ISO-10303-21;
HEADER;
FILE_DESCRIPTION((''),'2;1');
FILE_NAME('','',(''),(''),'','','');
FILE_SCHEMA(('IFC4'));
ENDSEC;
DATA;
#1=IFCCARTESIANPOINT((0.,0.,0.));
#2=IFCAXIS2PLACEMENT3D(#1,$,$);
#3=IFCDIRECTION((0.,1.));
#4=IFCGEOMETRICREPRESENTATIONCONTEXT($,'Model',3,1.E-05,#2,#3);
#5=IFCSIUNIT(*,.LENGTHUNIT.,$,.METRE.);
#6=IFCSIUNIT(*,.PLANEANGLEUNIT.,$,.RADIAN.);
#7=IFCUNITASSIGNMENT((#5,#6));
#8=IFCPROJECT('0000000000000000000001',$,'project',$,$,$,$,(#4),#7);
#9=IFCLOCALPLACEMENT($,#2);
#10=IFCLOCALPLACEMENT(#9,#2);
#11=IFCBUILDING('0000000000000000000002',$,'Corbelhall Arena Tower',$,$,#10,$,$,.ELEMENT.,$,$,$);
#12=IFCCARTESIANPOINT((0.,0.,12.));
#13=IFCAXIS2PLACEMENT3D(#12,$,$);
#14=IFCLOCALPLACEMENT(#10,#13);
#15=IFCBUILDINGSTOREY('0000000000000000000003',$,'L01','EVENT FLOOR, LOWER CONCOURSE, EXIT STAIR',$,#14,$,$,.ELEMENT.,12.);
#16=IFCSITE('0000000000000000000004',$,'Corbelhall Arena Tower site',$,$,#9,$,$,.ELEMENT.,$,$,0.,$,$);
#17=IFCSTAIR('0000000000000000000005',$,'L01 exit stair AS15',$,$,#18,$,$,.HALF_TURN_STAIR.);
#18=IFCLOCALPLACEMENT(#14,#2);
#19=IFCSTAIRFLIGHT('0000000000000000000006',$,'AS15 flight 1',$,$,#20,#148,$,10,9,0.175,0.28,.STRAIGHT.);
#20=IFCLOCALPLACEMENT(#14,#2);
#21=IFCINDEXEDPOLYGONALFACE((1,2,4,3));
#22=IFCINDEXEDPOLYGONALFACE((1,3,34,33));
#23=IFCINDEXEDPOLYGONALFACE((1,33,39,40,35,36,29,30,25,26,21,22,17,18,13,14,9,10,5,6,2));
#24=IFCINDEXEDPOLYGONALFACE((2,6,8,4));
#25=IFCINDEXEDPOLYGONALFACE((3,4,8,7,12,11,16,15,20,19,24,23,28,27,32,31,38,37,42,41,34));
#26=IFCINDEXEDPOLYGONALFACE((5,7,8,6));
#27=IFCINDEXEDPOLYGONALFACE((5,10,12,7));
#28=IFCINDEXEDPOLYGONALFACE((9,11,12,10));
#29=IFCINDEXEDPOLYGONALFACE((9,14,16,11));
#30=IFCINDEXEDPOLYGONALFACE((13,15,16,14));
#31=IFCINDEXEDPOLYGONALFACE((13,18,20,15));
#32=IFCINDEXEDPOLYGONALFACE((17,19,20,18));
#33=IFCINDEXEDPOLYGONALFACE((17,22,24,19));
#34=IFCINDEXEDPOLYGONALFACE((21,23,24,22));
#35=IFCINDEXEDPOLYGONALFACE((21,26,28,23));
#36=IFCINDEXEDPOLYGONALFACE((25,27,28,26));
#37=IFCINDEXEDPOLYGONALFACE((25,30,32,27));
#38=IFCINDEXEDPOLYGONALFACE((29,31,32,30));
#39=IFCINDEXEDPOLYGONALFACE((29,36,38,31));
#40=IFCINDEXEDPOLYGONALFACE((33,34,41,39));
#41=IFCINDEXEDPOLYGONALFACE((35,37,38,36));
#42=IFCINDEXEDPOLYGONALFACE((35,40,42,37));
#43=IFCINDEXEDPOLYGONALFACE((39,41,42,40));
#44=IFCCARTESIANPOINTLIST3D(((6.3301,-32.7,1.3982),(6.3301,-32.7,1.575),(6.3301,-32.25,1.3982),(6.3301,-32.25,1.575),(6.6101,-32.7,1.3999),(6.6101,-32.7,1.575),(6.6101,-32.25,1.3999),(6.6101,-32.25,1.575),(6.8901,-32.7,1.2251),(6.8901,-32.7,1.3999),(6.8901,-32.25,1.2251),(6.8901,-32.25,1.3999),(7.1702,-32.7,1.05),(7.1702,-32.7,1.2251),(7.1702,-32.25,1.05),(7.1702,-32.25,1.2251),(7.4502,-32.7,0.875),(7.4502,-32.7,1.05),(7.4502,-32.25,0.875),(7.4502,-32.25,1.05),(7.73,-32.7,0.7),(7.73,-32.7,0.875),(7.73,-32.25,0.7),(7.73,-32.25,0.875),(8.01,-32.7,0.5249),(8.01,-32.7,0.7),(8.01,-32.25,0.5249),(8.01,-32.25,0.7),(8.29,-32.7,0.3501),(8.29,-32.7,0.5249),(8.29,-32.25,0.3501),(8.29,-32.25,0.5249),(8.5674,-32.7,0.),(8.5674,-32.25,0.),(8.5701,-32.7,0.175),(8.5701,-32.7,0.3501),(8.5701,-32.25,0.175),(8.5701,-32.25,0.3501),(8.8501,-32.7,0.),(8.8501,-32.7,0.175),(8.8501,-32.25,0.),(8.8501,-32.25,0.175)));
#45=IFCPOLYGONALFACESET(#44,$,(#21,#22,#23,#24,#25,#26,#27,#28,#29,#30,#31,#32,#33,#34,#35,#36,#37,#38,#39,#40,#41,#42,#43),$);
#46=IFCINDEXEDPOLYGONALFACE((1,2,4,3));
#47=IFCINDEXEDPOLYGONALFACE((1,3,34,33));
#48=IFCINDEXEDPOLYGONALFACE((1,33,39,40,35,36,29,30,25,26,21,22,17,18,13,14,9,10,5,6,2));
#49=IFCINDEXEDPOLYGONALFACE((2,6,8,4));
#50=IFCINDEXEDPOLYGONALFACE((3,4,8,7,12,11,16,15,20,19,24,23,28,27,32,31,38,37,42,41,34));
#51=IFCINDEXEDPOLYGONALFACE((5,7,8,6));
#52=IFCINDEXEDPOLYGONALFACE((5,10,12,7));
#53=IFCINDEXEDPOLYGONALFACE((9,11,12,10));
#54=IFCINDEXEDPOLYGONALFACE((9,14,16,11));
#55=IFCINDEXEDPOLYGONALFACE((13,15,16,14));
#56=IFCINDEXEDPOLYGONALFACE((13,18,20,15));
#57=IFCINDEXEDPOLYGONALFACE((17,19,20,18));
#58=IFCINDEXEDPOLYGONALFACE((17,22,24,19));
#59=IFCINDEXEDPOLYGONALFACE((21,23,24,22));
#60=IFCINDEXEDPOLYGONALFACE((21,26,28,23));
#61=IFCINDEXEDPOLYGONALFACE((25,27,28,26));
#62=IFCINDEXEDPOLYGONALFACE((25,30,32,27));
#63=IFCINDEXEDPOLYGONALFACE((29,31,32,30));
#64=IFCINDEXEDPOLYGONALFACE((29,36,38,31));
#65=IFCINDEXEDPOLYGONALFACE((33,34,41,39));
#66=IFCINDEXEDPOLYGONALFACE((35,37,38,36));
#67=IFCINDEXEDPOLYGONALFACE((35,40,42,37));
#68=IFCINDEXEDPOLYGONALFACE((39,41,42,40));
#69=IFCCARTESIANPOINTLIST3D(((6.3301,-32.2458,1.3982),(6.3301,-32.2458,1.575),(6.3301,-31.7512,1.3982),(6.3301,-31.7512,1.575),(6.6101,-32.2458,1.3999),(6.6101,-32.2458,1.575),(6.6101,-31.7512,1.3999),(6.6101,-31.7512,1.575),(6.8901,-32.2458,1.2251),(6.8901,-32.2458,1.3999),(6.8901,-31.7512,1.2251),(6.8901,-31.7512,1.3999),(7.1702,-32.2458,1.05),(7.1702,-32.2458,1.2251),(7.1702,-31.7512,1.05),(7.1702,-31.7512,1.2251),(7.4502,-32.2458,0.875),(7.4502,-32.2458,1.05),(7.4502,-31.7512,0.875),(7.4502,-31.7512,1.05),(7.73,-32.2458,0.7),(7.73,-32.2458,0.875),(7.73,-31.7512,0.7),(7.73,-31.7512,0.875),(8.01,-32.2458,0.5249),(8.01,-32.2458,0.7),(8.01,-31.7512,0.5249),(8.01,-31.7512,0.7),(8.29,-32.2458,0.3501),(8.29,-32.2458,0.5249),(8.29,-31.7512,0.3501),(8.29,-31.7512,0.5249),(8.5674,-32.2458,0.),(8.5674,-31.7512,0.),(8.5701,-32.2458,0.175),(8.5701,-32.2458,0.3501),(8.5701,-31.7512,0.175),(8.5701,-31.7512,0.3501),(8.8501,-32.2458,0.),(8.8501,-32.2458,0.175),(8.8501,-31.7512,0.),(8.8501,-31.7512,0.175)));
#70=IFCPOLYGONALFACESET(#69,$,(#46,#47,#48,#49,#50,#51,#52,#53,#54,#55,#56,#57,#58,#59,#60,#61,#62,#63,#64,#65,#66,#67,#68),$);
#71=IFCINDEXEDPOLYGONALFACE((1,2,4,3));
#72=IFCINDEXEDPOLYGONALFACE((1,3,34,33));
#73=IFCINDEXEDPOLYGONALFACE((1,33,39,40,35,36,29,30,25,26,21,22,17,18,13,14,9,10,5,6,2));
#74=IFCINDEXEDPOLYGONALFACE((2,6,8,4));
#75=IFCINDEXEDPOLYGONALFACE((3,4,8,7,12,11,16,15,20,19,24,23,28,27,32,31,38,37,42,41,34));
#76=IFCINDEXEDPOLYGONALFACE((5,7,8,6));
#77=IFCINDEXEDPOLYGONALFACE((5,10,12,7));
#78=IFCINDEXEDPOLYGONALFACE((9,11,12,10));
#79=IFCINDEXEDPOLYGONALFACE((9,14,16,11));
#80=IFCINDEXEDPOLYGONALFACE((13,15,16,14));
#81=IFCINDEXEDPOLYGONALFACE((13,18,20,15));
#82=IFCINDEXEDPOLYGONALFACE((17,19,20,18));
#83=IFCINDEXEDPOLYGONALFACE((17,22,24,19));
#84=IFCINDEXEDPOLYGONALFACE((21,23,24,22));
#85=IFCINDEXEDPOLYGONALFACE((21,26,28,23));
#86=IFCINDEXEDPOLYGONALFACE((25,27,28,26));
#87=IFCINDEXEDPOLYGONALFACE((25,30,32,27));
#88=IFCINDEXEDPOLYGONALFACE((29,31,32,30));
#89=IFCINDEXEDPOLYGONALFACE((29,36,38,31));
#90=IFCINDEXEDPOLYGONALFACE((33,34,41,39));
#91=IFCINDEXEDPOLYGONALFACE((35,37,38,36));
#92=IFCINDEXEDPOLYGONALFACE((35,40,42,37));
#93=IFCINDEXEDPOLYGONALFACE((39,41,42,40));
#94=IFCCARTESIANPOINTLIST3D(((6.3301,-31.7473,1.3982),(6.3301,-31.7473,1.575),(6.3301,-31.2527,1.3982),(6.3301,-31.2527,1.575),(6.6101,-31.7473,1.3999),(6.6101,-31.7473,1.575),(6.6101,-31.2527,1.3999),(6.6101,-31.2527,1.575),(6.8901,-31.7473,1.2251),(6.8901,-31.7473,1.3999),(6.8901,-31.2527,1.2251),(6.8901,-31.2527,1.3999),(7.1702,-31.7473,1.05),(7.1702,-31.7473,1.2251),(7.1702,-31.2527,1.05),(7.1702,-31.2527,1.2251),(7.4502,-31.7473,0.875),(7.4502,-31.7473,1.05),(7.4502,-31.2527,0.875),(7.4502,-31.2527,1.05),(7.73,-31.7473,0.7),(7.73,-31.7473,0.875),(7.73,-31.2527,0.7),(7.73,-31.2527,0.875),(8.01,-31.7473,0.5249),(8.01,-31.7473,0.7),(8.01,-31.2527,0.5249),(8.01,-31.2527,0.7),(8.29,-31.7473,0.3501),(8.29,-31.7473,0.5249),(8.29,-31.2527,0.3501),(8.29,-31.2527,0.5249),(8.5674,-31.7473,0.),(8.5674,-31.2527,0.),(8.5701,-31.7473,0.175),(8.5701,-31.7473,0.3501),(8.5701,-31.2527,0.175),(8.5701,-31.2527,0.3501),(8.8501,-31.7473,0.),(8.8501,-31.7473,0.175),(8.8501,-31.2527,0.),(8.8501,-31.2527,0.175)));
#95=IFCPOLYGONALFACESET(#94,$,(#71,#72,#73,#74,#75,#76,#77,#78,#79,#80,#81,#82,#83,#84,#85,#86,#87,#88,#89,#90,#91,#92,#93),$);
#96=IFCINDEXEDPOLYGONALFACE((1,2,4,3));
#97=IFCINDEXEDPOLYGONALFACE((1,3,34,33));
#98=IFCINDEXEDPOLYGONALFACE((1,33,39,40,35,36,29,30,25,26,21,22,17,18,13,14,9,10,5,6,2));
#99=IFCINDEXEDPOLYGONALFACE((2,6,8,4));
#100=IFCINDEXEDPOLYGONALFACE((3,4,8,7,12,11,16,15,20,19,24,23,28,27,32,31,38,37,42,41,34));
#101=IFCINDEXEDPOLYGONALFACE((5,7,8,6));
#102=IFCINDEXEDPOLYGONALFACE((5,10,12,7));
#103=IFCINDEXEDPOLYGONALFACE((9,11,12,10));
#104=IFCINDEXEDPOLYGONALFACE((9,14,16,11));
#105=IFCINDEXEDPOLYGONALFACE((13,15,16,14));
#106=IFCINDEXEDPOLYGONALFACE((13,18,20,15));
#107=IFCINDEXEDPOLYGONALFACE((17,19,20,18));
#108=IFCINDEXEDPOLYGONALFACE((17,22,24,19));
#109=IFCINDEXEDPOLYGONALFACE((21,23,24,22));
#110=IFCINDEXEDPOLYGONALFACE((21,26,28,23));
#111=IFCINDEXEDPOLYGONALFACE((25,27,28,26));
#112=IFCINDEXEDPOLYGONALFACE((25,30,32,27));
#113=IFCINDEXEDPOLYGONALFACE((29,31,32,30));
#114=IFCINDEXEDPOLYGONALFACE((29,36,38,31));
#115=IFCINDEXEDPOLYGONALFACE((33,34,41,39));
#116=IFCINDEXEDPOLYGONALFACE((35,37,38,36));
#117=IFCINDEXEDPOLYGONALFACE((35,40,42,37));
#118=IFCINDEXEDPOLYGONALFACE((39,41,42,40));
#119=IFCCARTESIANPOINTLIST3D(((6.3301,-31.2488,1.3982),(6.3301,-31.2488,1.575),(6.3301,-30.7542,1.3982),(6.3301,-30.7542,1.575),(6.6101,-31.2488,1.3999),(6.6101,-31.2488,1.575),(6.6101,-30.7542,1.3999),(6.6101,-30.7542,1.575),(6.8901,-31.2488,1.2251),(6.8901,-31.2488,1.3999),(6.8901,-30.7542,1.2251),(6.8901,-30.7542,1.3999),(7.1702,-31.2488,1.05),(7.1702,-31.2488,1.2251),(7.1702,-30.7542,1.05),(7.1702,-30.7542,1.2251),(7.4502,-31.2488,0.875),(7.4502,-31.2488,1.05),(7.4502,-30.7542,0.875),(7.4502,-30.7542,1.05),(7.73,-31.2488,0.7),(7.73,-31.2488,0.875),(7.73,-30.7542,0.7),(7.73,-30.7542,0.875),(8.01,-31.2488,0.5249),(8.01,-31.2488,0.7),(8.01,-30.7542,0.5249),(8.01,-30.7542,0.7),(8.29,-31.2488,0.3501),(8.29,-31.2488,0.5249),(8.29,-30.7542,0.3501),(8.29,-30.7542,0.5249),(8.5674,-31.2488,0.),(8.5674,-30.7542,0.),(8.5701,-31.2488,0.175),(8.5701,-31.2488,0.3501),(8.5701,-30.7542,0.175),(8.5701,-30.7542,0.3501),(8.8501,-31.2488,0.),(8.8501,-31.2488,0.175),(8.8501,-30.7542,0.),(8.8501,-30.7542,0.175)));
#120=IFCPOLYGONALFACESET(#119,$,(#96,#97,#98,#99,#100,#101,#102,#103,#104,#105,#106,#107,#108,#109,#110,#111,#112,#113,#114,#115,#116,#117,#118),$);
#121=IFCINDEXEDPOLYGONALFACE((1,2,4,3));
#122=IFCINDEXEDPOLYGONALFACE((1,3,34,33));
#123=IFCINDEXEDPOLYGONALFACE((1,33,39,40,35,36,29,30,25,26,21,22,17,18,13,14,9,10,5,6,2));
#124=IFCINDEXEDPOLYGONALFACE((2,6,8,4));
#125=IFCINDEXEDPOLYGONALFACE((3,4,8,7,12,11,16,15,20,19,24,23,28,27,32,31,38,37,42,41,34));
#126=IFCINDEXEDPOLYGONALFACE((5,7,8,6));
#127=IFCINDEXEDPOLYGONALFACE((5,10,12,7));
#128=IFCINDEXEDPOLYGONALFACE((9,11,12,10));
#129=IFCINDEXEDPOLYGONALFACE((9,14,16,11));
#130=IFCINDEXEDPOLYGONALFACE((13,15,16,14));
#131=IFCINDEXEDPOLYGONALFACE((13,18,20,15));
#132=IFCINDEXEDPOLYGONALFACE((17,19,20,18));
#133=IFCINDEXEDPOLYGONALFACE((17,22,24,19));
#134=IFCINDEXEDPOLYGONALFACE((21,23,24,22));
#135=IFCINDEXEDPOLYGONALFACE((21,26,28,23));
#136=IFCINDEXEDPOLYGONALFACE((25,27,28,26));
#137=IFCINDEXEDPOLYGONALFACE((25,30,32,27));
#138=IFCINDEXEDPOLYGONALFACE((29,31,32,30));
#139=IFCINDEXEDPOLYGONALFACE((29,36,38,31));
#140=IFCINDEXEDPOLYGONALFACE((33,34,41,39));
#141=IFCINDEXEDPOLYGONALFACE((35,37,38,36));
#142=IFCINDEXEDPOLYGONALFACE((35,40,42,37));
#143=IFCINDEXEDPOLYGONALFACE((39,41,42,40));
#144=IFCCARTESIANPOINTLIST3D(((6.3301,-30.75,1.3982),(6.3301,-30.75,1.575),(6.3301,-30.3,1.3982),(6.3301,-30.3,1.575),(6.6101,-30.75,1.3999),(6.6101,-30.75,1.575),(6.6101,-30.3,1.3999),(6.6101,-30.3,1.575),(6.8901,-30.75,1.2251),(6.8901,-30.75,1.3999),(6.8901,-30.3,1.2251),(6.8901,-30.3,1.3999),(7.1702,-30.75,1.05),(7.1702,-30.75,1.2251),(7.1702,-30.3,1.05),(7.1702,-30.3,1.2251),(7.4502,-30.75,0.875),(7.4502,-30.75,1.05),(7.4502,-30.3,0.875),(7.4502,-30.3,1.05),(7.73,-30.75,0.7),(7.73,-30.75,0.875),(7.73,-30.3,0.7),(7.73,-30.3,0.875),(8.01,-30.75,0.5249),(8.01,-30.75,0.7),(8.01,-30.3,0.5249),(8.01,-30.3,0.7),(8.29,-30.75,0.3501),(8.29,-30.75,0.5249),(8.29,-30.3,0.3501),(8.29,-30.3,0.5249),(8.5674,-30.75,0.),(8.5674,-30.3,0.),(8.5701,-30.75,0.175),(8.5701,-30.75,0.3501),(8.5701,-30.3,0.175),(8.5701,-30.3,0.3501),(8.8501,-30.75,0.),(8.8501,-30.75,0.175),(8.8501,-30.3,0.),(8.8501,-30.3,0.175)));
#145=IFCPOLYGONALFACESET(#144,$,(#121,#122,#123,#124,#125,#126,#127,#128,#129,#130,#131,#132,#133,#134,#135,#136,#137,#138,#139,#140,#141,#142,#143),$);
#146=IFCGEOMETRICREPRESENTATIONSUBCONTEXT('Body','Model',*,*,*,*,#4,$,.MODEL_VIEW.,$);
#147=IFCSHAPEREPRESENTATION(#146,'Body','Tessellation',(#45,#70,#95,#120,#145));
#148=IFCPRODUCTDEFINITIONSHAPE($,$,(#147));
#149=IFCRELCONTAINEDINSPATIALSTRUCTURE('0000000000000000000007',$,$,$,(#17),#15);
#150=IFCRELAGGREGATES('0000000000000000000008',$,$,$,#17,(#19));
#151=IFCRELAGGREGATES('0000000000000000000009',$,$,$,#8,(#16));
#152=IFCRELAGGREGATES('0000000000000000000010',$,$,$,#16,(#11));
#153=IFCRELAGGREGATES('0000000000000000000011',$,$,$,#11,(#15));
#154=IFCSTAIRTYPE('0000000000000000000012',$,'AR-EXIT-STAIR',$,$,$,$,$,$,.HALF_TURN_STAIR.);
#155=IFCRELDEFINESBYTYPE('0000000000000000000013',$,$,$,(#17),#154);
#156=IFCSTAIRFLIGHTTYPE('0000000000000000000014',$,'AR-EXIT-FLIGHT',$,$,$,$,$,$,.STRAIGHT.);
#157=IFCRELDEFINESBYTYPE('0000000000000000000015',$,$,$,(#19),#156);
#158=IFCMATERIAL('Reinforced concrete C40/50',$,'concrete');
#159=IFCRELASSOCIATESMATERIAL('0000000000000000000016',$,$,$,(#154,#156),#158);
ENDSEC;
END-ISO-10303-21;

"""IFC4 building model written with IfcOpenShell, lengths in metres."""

from ifc_helpers import new_model, si_unit, direction, frame, origin, place, context, subcontext, project, spatial, polyline, outline, extrude, material, type_object, element, aggregate, save


model = new_model("IFC4")

# Units and contexts
model_context = context("Model", 3, precision=1e-05, world=origin(), true_north=direction((0.0, 1.0)))
body_context = subcontext(model_context, "Body", "Model", "MODEL_VIEW")
ifc_project = project(units=[si_unit("LENGTHUNIT", "METRE"), si_unit("PLANEANGLEUNIT", "RADIAN")], contexts=[model_context])

# Site, building, storey
site_placement = place(None, origin())
site = spatial("IfcSite", under=ifc_project, at=site_placement, Name="Corbelhall Arena Tower site", CompositionType="ELEMENT", RefElevation=0.0)
building_placement = place(site_placement, origin())
building = spatial("IfcBuilding", under=site, at=building_placement, Name="Corbelhall Arena Tower", CompositionType="ELEMENT")
storey_placement = place(building_placement, frame((0.0, 0.0, 12.0)))
storey = spatial("IfcBuildingStorey", under=building, at=storey_placement, Name="L01", Description="EVENT FLOOR, LOWER CONCOURSE, EXIT STAIR", CompositionType="ELEMENT", Elevation=12.0)

# Shared definitions
ifc_material_1 = material(Name="Reinforced concrete C40/50", Category="concrete")

# Stair, stair flight
stair_type = type_object("IfcStairType", Name="AR-EXIT-STAIR", PredefinedType="HALF_TURN_STAIR", material=ifc_material_1)
stair_placement = place(storey_placement, origin())
stair = element("IfcStair", 1, at=stair_placement, inside=storey, type_object=stair_type, Name="L01 exit stair AS15", PredefinedType="HALF_TURN_STAIR")
stair_flight_type = type_object("IfcStairFlightType", Name="AR-EXIT-FLIGHT", PredefinedType="STRAIGHT", material=ifc_material_1)
stair_flight_1_placement = place(storey_placement, frame((8.8501, -31.5, 0.0), z_axis=(0.0, 0.0, 1.0), x_axis=(-1.0, 0.0, 0.0)))
stair_flight_1 = element("IfcStairFlight", 2, at=stair_flight_1_placement, type_object=stair_flight_type, Name="AS15 flight 1", NumberOfRisers=10, NumberOfTreads=9, PredefinedType="STRAIGHT", RiserHeight=0.175, TreadLength=0.28, context=body_context, shape_type="SweptSolid", body=[
    extrude(outline(polyline([(0.0, 0.0), (0.0, 0.175), (0.28, 0.175), (0.28, 0.3501), (0.5601, 0.3501), (0.5601, 0.5249), (0.8401, 0.5249), (0.8401, 0.7), (1.1201, 0.7), (1.1201, 0.875), (1.3999, 0.875), (1.3999, 1.05), (1.6799, 1.05), (1.6799, 1.2251), (1.96, 1.2251), (1.96, 1.3999), (2.24, 1.3999), (2.24, 1.575), (2.52, 1.575), (2.52, 1.75), (2.52, 1.3982), (0.2827, 0.0), (0.0, 0.0)])), frame((0.0, 1.2, 0.0), z_axis=(0.0, -1.0, 0.0), x_axis=(1.0, 0.0, 0.0)), (0.0, 0.0, 1.0), 0.45),
    extrude(outline(polyline([(0.0, 0.0), (0.0, 0.175), (0.28, 0.175), (0.28, 0.3501), (0.5601, 0.3501), (0.5601, 0.5249), (0.8401, 0.5249), (0.8401, 0.7), (1.1201, 0.7), (1.1201, 0.875), (1.3999, 0.875), (1.3999, 1.05), (1.6799, 1.05), (1.6799, 1.2251), (1.96, 1.2251), (1.96, 1.3999), (2.24, 1.3999), (2.24, 1.575), (2.52, 1.575), (2.52, 1.75), (2.52, 1.3982), (0.2827, 0.0), (0.0, 0.0)])), frame((0.0, 0.7458, 0.0), z_axis=(0.0, -1.0, 0.0), x_axis=(1.0, 0.0, 0.0)), (0.0, 0.0, 1.0), 0.4946),
    extrude(outline(polyline([(0.0, 0.0), (0.0, 0.175), (0.28, 0.175), (0.28, 0.3501), (0.5601, 0.3501), (0.5601, 0.5249), (0.8401, 0.5249), (0.8401, 0.7), (1.1201, 0.7), (1.1201, 0.875), (1.3999, 0.875), (1.3999, 1.05), (1.6799, 1.05), (1.6799, 1.2251), (1.96, 1.2251), (1.96, 1.3999), (2.24, 1.3999), (2.24, 1.575), (2.52, 1.575), (2.52, 1.75), (2.52, 1.3982), (0.2827, 0.0), (0.0, 0.0)])), frame((0.0, 0.2473, 0.0), z_axis=(0.0, -1.0, 0.0), x_axis=(1.0, 0.0, 0.0)), (0.0, 0.0, 1.0), 0.4946),
    extrude(outline(polyline([(0.0, 0.0), (0.0, 0.175), (0.28, 0.175), (0.28, 0.3501), (0.5601, 0.3501), (0.5601, 0.5249), (0.8401, 0.5249), (0.8401, 0.7), (1.1201, 0.7), (1.1201, 0.875), (1.3999, 0.875), (1.3999, 1.05), (1.6799, 1.05), (1.6799, 1.2251), (1.96, 1.2251), (1.96, 1.3999), (2.24, 1.3999), (2.24, 1.575), (2.52, 1.575), (2.52, 1.75), (2.52, 1.3982), (0.2827, 0.0), (0.0, 0.0)])), frame((0.0, -0.2512, 0.0), z_axis=(0.0, -1.0, 0.0), x_axis=(1.0, 0.0, 0.0)), (0.0, 0.0, 1.0), 0.4946),
    extrude(outline(polyline([(0.0, 0.0), (0.0, 0.175), (0.28, 0.175), (0.28, 0.3501), (0.5601, 0.3501), (0.5601, 0.5249), (0.8401, 0.5249), (0.8401, 0.7), (1.1201, 0.7), (1.1201, 0.875), (1.3999, 0.875), (1.3999, 1.05), (1.6799, 1.05), (1.6799, 1.2251), (1.96, 1.2251), (1.96, 1.3999), (2.24, 1.3999), (2.24, 1.575), (2.52, 1.575), (2.52, 1.75), (2.52, 1.3982), (0.2827, 0.0), (0.0, 0.0)])), frame((0.0, -0.75, 0.0), z_axis=(0.0, -1.0, 0.0), x_axis=(1.0, 0.0, 0.0)), (0.0, 0.0, 1.0), 0.45),
])
aggregate(stair, [stair_flight_1])

save(model, "model.ifc")
